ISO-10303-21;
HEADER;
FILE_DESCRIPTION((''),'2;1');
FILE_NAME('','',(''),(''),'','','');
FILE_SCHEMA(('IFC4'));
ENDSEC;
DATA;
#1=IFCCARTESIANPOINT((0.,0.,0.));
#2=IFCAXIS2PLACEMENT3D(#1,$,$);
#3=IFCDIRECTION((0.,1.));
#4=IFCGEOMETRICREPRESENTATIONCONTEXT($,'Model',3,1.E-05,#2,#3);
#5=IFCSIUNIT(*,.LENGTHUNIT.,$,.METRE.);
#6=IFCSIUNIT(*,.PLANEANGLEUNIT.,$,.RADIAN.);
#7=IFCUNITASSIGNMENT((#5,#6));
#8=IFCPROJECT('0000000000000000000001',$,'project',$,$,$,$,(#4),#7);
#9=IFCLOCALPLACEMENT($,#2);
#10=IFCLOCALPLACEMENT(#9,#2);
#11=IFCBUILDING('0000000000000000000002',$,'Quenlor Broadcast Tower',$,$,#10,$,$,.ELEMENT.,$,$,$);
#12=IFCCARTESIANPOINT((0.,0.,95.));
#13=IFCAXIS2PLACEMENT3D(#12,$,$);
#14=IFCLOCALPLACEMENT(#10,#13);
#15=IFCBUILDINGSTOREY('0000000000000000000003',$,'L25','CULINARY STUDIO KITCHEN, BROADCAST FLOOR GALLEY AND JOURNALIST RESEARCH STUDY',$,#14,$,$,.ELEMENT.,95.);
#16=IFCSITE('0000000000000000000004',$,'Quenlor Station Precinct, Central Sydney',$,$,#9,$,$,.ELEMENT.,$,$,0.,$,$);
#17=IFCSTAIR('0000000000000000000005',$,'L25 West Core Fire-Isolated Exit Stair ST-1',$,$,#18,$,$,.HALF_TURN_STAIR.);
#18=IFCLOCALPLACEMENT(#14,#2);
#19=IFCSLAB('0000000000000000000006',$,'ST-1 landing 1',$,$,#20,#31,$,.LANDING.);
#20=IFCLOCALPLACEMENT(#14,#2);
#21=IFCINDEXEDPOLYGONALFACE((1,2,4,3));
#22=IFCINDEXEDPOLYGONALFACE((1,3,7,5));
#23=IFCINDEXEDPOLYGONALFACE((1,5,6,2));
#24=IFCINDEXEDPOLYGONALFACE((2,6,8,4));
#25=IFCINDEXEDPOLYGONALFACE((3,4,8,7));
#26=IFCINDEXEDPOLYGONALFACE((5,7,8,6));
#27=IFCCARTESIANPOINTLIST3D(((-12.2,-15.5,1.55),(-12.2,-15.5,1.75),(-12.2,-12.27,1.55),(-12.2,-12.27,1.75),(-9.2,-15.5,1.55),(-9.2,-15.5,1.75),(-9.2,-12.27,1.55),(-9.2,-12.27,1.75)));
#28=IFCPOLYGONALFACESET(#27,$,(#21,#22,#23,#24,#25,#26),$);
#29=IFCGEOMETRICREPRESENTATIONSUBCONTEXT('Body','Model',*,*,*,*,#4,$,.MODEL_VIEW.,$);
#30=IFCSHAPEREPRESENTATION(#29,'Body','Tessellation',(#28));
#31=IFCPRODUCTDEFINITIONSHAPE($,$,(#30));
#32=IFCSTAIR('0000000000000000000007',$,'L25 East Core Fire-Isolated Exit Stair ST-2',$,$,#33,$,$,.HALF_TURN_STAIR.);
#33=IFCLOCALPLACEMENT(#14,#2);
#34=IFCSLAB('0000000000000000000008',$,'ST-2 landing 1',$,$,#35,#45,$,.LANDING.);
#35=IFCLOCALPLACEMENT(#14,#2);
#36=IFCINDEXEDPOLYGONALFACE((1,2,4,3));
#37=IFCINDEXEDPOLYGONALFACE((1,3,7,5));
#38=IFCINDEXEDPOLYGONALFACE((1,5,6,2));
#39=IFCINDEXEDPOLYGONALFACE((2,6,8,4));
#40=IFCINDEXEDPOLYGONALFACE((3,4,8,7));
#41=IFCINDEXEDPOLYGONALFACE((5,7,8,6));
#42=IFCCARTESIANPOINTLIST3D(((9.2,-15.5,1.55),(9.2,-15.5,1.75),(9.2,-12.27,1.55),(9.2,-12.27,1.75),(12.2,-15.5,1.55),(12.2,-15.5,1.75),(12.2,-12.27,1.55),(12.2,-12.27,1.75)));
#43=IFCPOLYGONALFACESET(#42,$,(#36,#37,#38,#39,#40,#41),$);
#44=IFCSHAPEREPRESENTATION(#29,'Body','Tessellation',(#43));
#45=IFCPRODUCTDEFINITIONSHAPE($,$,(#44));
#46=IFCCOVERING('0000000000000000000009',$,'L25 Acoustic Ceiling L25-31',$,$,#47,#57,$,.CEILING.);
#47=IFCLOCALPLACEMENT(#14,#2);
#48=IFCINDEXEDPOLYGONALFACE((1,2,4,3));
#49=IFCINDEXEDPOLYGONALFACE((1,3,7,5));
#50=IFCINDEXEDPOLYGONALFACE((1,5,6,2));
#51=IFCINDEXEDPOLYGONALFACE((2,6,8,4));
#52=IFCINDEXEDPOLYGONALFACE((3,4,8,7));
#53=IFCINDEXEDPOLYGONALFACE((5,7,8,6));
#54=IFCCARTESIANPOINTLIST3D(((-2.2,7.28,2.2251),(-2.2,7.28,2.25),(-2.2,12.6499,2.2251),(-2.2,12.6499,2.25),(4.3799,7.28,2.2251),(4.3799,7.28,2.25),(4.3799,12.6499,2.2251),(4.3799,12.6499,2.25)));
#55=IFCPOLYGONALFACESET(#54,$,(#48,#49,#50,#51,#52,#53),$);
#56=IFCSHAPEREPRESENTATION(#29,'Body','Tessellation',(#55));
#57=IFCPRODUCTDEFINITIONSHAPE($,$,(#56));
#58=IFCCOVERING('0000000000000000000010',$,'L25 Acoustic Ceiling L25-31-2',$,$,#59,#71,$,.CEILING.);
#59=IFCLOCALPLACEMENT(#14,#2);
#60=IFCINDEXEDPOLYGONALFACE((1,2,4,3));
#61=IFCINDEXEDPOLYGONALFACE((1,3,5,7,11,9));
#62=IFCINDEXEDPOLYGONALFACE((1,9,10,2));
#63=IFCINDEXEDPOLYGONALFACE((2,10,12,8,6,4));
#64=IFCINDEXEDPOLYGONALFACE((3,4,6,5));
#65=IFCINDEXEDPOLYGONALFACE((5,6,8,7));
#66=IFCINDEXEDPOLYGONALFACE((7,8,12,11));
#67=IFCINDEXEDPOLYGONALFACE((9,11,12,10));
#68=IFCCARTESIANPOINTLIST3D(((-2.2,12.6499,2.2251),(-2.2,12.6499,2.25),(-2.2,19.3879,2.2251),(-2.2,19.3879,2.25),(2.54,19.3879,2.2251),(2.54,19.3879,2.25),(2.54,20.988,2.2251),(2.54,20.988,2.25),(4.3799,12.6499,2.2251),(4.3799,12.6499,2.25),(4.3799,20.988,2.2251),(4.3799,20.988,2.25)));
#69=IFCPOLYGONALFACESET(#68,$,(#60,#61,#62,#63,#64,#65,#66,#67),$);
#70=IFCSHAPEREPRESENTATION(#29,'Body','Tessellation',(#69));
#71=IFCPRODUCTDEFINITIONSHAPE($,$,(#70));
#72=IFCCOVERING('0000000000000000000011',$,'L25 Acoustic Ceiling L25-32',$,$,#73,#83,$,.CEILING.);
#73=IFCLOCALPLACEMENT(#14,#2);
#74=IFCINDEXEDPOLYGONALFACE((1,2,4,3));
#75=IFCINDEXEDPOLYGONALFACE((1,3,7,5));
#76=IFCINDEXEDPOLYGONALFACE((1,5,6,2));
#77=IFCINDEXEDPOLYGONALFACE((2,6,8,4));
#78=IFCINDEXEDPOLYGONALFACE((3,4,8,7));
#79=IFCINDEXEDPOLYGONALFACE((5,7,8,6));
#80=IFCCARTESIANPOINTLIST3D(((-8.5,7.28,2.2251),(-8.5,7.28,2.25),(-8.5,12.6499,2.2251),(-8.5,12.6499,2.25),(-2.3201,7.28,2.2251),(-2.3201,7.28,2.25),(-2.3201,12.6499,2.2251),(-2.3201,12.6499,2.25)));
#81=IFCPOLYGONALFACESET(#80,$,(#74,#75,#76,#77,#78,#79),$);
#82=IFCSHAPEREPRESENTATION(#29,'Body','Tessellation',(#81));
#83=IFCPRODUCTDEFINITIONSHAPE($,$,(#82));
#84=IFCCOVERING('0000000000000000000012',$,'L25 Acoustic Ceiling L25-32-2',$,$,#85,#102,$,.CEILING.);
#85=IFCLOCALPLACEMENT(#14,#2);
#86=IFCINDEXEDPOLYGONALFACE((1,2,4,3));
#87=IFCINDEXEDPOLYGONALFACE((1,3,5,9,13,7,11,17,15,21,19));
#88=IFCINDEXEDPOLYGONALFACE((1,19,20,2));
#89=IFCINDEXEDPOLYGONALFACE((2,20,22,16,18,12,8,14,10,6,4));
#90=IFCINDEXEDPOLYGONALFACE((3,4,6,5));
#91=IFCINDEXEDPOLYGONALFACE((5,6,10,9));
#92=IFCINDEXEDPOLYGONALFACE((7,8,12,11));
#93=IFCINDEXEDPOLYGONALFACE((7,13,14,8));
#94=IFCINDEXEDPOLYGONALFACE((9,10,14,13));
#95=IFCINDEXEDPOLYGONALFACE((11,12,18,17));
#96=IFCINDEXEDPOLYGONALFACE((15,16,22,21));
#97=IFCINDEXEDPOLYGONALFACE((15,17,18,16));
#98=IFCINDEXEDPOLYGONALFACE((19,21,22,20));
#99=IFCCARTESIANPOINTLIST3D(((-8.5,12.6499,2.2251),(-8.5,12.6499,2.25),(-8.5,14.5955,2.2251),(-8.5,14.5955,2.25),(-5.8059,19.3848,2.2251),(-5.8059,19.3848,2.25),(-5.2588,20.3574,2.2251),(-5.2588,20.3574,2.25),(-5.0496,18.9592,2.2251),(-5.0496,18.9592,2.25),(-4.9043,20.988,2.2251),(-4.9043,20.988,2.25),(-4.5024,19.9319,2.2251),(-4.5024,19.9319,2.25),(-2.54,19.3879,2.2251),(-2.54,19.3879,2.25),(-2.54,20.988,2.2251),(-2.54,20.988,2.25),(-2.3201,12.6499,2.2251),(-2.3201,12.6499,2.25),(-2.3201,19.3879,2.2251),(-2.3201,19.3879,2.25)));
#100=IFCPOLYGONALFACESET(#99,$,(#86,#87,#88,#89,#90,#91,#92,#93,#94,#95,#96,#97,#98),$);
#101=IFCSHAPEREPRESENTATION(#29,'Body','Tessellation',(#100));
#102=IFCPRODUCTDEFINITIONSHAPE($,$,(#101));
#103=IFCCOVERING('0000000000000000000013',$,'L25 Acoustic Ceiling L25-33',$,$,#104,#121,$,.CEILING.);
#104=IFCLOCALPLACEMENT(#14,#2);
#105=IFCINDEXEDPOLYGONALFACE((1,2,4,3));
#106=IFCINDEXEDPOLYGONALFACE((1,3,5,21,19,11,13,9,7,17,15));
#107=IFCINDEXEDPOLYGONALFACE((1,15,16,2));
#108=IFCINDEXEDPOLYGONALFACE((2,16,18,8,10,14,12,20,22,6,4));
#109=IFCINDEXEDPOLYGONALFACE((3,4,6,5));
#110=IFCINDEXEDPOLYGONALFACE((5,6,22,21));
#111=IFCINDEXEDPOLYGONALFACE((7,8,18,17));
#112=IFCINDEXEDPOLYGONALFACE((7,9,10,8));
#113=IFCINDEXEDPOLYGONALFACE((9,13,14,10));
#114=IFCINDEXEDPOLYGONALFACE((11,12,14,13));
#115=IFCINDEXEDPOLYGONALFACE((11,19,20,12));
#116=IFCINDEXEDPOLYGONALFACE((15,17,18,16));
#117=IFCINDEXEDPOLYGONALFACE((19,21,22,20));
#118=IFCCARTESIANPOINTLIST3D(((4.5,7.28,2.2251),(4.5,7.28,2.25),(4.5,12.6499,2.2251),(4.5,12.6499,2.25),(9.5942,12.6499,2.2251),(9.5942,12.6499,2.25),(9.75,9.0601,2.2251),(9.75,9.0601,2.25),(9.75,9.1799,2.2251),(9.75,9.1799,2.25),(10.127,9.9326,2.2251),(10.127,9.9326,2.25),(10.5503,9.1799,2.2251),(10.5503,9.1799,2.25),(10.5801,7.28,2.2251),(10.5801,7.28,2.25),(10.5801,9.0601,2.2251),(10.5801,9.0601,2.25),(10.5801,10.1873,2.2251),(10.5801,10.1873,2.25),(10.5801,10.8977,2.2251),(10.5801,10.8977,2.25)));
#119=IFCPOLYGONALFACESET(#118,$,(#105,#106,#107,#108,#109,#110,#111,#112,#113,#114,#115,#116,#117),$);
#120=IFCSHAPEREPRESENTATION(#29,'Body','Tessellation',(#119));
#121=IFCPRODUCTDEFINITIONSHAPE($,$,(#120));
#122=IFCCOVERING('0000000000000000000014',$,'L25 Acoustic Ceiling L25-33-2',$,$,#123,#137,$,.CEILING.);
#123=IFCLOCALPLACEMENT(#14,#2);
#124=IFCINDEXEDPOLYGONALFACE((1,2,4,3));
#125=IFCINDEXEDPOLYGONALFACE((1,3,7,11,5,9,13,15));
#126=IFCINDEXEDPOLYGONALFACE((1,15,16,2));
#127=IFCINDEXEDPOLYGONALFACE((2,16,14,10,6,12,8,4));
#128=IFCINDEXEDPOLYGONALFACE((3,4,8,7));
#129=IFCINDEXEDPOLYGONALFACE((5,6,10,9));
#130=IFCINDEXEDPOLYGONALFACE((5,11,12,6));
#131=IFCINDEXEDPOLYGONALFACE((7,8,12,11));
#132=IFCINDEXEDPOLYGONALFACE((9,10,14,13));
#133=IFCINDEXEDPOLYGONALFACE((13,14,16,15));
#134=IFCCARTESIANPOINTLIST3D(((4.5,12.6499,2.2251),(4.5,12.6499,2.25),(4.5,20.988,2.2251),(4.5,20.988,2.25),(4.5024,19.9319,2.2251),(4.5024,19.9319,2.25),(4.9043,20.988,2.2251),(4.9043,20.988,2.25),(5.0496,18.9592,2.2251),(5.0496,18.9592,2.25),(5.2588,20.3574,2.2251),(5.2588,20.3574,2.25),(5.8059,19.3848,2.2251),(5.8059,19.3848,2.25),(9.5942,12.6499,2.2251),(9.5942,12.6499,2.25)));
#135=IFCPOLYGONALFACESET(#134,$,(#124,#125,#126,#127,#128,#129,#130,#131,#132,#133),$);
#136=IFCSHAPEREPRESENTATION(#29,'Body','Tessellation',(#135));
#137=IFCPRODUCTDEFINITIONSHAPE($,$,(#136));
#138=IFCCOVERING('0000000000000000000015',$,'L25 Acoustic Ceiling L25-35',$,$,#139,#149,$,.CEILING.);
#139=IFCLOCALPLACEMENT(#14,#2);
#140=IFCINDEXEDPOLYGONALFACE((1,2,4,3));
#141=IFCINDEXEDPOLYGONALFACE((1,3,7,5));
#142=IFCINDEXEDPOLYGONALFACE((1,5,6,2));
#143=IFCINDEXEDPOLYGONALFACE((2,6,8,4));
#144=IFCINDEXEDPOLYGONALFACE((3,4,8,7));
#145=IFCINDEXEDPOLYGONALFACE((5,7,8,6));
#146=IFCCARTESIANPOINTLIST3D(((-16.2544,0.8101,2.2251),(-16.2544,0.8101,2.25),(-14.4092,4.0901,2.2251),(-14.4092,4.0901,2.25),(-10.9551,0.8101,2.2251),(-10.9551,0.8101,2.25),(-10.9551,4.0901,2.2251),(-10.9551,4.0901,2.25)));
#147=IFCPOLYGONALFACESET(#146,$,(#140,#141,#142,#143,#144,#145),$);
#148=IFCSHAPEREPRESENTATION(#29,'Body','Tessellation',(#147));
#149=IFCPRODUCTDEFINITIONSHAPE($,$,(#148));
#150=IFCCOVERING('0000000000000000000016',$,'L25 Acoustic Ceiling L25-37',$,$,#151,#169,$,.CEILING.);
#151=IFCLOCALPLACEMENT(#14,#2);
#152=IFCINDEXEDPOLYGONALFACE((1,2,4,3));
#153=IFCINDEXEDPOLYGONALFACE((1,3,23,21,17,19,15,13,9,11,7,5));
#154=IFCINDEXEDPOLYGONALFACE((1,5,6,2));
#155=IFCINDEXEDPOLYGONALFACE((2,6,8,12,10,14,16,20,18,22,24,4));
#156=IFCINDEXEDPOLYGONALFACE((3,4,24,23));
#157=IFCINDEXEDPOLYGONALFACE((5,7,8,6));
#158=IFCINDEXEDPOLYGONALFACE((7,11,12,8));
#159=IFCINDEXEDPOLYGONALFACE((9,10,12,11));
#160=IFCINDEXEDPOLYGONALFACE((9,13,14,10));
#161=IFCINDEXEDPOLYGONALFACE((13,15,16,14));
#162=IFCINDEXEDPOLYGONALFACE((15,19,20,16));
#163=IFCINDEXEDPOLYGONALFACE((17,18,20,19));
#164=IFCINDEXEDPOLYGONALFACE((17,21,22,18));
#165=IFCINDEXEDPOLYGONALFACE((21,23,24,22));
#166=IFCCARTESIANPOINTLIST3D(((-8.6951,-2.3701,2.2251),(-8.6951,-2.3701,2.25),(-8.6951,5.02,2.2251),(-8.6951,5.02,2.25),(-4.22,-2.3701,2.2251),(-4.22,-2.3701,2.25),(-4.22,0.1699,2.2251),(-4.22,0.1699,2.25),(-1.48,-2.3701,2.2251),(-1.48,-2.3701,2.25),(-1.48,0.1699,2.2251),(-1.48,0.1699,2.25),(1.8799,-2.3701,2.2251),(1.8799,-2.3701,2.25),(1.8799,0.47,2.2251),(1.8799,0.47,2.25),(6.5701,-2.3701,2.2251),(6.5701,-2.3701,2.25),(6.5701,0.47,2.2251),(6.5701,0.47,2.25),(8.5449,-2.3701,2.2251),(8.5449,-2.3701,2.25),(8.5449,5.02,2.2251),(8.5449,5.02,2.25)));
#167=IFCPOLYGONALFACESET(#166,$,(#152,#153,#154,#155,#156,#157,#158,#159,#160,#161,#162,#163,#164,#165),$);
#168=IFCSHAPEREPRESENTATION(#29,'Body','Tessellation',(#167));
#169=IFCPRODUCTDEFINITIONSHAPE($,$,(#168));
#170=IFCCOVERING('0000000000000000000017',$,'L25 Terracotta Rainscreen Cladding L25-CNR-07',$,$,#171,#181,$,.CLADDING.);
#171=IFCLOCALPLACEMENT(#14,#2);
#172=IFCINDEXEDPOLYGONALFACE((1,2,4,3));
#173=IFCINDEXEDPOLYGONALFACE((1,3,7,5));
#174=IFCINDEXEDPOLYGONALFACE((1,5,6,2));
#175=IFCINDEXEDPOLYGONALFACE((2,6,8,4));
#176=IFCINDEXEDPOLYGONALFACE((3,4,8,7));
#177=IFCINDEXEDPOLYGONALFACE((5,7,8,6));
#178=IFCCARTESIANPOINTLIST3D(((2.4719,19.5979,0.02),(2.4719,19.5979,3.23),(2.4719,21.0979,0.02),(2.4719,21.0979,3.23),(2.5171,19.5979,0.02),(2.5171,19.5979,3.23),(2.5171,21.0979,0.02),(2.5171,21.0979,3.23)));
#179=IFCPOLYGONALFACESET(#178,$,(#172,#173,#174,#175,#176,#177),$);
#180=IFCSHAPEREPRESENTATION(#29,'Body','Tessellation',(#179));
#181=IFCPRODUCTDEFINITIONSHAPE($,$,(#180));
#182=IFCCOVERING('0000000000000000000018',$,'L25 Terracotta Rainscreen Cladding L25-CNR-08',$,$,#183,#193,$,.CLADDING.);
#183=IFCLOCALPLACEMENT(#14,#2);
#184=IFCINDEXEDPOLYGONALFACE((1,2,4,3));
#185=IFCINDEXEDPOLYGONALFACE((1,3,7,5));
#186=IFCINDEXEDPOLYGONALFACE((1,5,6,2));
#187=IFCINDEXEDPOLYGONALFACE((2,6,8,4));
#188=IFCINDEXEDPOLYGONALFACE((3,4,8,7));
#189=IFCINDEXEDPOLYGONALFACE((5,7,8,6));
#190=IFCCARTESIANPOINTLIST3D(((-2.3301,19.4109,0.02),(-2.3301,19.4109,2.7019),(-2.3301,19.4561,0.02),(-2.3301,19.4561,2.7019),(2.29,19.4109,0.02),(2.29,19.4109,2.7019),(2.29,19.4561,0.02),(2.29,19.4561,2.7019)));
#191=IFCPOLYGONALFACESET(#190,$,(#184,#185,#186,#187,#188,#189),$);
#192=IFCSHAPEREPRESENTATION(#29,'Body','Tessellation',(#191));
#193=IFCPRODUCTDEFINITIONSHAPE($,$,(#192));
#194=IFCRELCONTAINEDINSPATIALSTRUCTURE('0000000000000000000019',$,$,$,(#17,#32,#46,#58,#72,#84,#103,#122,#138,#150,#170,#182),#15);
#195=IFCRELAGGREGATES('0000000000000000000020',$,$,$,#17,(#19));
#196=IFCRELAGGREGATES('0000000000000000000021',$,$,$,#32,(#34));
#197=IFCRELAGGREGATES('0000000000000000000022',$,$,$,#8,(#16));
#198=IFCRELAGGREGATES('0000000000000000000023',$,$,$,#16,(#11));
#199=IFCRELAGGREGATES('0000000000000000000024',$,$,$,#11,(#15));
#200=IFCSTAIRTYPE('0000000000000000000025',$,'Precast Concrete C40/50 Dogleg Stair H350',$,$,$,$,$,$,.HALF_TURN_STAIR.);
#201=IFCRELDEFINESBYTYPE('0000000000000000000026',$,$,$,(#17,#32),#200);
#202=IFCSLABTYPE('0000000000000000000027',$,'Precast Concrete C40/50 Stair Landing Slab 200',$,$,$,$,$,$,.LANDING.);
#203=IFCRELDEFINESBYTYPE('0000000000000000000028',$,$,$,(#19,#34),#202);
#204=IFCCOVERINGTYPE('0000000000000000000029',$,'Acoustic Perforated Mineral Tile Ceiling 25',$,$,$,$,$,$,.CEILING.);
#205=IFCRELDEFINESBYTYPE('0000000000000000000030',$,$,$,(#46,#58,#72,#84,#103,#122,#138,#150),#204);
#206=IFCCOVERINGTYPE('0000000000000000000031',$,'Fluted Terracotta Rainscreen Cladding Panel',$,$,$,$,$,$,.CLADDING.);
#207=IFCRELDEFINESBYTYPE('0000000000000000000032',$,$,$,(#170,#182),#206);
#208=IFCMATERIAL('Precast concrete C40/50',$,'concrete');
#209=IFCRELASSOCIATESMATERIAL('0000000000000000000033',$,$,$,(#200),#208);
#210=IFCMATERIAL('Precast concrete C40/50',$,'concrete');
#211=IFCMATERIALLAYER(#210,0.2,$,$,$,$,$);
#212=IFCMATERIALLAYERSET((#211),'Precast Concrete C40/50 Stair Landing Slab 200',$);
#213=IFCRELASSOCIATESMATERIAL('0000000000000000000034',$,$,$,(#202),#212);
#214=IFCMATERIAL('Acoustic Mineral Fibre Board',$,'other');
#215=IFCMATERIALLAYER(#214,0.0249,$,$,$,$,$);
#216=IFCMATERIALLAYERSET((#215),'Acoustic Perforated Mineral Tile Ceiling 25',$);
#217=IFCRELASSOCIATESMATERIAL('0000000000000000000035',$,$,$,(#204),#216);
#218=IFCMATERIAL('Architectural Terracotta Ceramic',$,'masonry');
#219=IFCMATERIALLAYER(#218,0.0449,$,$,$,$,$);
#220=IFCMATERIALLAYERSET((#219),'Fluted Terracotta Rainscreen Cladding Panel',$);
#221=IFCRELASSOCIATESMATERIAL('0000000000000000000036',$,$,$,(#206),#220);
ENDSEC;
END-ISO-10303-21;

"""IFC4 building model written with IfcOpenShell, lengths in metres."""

from ifc_helpers import new_model, si_unit, direction, frame, origin, place, context, subcontext, project, spatial, polyline, outline, extrude, material, layer, layer_set, type_object, element, aggregate, save


model = new_model("IFC4")

# Units and contexts
model_context = context("Model", 3, precision=1e-05, world=origin(), true_north=direction((0.0, 1.0)))
body_context = subcontext(model_context, "Body", "Model", "MODEL_VIEW")
ifc_project = project(units=[si_unit("LENGTHUNIT", "METRE"), si_unit("PLANEANGLEUNIT", "RADIAN")], contexts=[model_context])

# Site, building, storey
site_placement = place(None, origin())
site = spatial("IfcSite", under=ifc_project, at=site_placement, Name="Quenlor Station Precinct, Central Sydney", CompositionType="ELEMENT", RefElevation=0.0)
building_placement = place(site_placement, origin())
building = spatial("IfcBuilding", under=site, at=building_placement, Name="Quenlor Broadcast Tower", CompositionType="ELEMENT")
storey_placement = place(building_placement, frame((0.0, 0.0, 95.0)))
storey = spatial("IfcBuildingStorey", under=building, at=storey_placement, Name="L25", Description="CULINARY STUDIO KITCHEN, BROADCAST FLOOR GALLEY AND JOURNALIST RESEARCH STUDY", CompositionType="ELEMENT", Elevation=95.0)

# Stairs, slabs
ifc_material_1 = material(Name="Precast concrete C40/50", Category="concrete")
stair_type = type_object("IfcStairType", Name="Precast Concrete C40/50 Dogleg Stair H350", PredefinedType="HALF_TURN_STAIR", material=ifc_material_1)
stair_1_placement = place(storey_placement, origin())
stair_1 = element("IfcStair", 1, at=stair_1_placement, inside=storey, type_object=stair_type, Name="L25 West Core Fire-Isolated Exit Stair ST-1", PredefinedType="HALF_TURN_STAIR")
ifc_material_2 = material(Name="Precast concrete C40/50", Category="concrete")
ifc_layer_1 = layer(ifc_material_2, 0.2)
ifc_layer_set_1 = layer_set([ifc_layer_1], Name="Precast Concrete C40/50 Stair Landing Slab 200")
slab_type = type_object("IfcSlabType", Name="Precast Concrete C40/50 Stair Landing Slab 200", PredefinedType="LANDING", material=ifc_layer_set_1)
slab_1_placement = place(storey_placement, frame((0.0, 0.0, 1.55)))
slab_1 = element("IfcSlab", 2, at=slab_1_placement, type_object=slab_type, Name="ST-1 landing 1", PredefinedType="LANDING", context=body_context, shape_type="SweptSolid", body=[
    extrude(outline(polyline([(-12.2, -12.27), (-12.2, -15.5), (-9.2, -15.5), (-9.2, -12.27), (-12.2, -12.27)])), origin(), (0.0, 0.0, 1.0), 0.2),
])
aggregate(stair_1, [slab_1])
stair_2_placement = place(storey_placement, origin())
stair_2 = element("IfcStair", 3, at=stair_2_placement, inside=storey, type_object=stair_type, Name="L25 East Core Fire-Isolated Exit Stair ST-2", PredefinedType="HALF_TURN_STAIR")
slab_2_placement = place(storey_placement, frame((0.0, 0.0, 1.55)))
slab_2 = element("IfcSlab", 4, at=slab_2_placement, type_object=slab_type, Name="ST-2 landing 1", PredefinedType="LANDING", context=body_context, shape_type="SweptSolid", body=[
    extrude(outline(polyline([(9.2, -12.27), (9.2, -15.5), (12.2, -15.5), (12.2, -12.27), (9.2, -12.27)])), origin(), (0.0, 0.0, 1.0), 0.2),
])
aggregate(stair_2, [slab_2])

# Coverings
ifc_material_3 = material(Name="Acoustic Mineral Fibre Board", Category="other")
ifc_layer_2 = layer(ifc_material_3, 0.0249)
ifc_layer_set_2 = layer_set([ifc_layer_2], Name="Acoustic Perforated Mineral Tile Ceiling 25")
covering_type_1 = type_object("IfcCoveringType", Name="Acoustic Perforated Mineral Tile Ceiling 25", PredefinedType="CEILING", material=ifc_layer_set_2)
covering_1_placement = place(storey_placement, frame((0.0, 0.0, 2.2251)))
element("IfcCovering", 5, at=covering_1_placement, inside=storey, type_object=covering_type_1, Name="L25 Acoustic Ceiling L25-31", PredefinedType="CEILING", context=body_context, shape_type="SweptSolid", body=[
    extrude(outline(polyline([(4.3799, 7.28), (-2.2, 7.28), (-2.2, 12.6499), (4.3799, 12.6499), (4.3799, 7.28)])), origin(), (0.0, 0.0, 1.0), 0.0249),
])
covering_2_placement = place(storey_placement, frame((0.0, 0.0, 2.2251)))
element("IfcCovering", 6, at=covering_2_placement, inside=storey, type_object=covering_type_1, Name="L25 Acoustic Ceiling L25-31-2", PredefinedType="CEILING", context=body_context, shape_type="SweptSolid", body=[
    extrude(outline(polyline([(4.3799, 12.6499), (-2.2, 12.6499), (-2.2, 19.3879), (2.54, 19.3879), (2.54, 20.988), (4.3799, 20.988), (4.3799, 12.6499)])), origin(), (0.0, 0.0, 1.0), 0.0249),
])
covering_3_placement = place(storey_placement, frame((0.0, 0.0, 2.2251)))
element("IfcCovering", 7, at=covering_3_placement, inside=storey, type_object=covering_type_1, Name="L25 Acoustic Ceiling L25-32", PredefinedType="CEILING", context=body_context, shape_type="SweptSolid", body=[
    extrude(outline(polyline([(-2.3201, 7.28), (-8.5, 7.28), (-8.5, 12.6499), (-2.3201, 12.6499), (-2.3201, 7.28)])), origin(), (0.0, 0.0, 1.0), 0.0249),
])
covering_4_placement = place(storey_placement, frame((0.0, 0.0, 2.2251)))
element("IfcCovering", 8, at=covering_4_placement, inside=storey, type_object=covering_type_1, Name="L25 Acoustic Ceiling L25-32-2", PredefinedType="CEILING", context=body_context, shape_type="SweptSolid", body=[
    extrude(outline(polyline([(-2.3201, 19.3879), (-2.3201, 12.6499), (-8.5, 12.6499), (-8.5, 14.5955), (-5.8059, 19.3848), (-5.0496, 18.9592), (-4.5024, 19.9319), (-5.2588, 20.3574), (-4.9043, 20.988), (-2.54, 20.988), (-2.54, 19.3879), (-2.3201, 19.3879)])), origin(), (0.0, 0.0, 1.0), 0.0249),
])
covering_5_placement = place(storey_placement, frame((0.0, 0.0, 2.2251)))
element("IfcCovering", 9, at=covering_5_placement, inside=storey, type_object=covering_type_1, Name="L25 Acoustic Ceiling L25-33", PredefinedType="CEILING", context=body_context, shape_type="SweptSolid", body=[
    extrude(outline(polyline([(10.5801, 10.8977), (10.5801, 10.1873), (10.127, 9.9326), (10.5503, 9.1799), (9.75, 9.1799), (9.75, 9.0601), (10.5801, 9.0601), (10.5801, 7.28), (4.5, 7.28), (4.5, 12.6499), (9.5942, 12.6499), (10.5801, 10.8977)])), origin(), (0.0, 0.0, 1.0), 0.0249),
])
covering_6_placement = place(storey_placement, frame((0.0, 0.0, 2.2251)))
element("IfcCovering", 10, at=covering_6_placement, inside=storey, type_object=covering_type_1, Name="L25 Acoustic Ceiling L25-33-2", PredefinedType="CEILING", context=body_context, shape_type="SweptSolid", body=[
    extrude(outline(polyline([(5.0496, 18.9592), (5.8059, 19.3848), (9.5942, 12.6499), (4.5, 12.6499), (4.5, 20.988), (4.9043, 20.988), (5.2588, 20.3574), (4.5024, 19.9319), (5.0496, 18.9592)])), origin(), (0.0, 0.0, 1.0), 0.0249),
])
covering_7_placement = place(storey_placement, frame((0.0, 0.0, 2.2251)))
element("IfcCovering", 11, at=covering_7_placement, inside=storey, type_object=covering_type_1, Name="L25 Acoustic Ceiling L25-35", PredefinedType="CEILING", context=body_context, shape_type="SweptSolid", body=[
    extrude(outline(polyline([(-16.2544, 0.8101), (-14.4092, 4.0901), (-10.9551, 4.0901), (-10.9551, 0.8101), (-16.2544, 0.8101)])), origin(), (0.0, 0.0, 1.0), 0.0249),
])
covering_8_placement = place(storey_placement, frame((0.0, 0.0, 2.2251)))
element("IfcCovering", 12, at=covering_8_placement, inside=storey, type_object=covering_type_1, Name="L25 Acoustic Ceiling L25-37", PredefinedType="CEILING", context=body_context, shape_type="SweptSolid", body=[
    extrude(outline(polyline([(8.5449, 5.02), (8.5449, -2.3701), (6.5701, -2.3701), (6.5701, 0.47), (1.8799, 0.47), (1.8799, -2.3701), (-1.48, -2.3701), (-1.48, 0.1699), (-4.22, 0.1699), (-4.22, -2.3701), (-8.6951, -2.3701), (-8.6951, 5.02), (8.5449, 5.02)])), origin(), (0.0, 0.0, 1.0), 0.0249),
])
ifc_material_4 = material(Name="Architectural Terracotta Ceramic", Category="masonry")
ifc_layer_3 = layer(ifc_material_4, 0.0449)
ifc_layer_set_3 = layer_set([ifc_layer_3], Name="Fluted Terracotta Rainscreen Cladding Panel")
covering_type_2 = type_object("IfcCoveringType", Name="Fluted Terracotta Rainscreen Cladding Panel", PredefinedType="CLADDING", material=ifc_layer_set_3)
covering_9_placement = place(storey_placement, frame((0.0, 0.0, 0.02)))
element("IfcCovering", 13, at=covering_9_placement, inside=storey, type_object=covering_type_2, Name="L25 Terracotta Rainscreen Cladding L25-CNR-07", PredefinedType="CLADDING", context=body_context, shape_type="SweptSolid", body=[
    extrude(outline(polyline([(2.4719, 21.0979), (2.4719, 19.5979), (2.5171, 19.5979), (2.5171, 21.0979), (2.4719, 21.0979)])), origin(), (0.0, 0.0, 1.0), 3.21),
])
covering_10_placement = place(storey_placement, frame((0.0, 0.0, 0.02)))
element("IfcCovering", 14, at=covering_10_placement, inside=storey, type_object=covering_type_2, Name="L25 Terracotta Rainscreen Cladding L25-CNR-08", PredefinedType="CLADDING", context=body_context, shape_type="SweptSolid", body=[
    extrude(outline(polyline([(2.29, 19.4561), (-2.3301, 19.4561), (-2.3301, 19.4109), (2.29, 19.4109), (2.29, 19.4561)])), origin(), (0.0, 0.0, 1.0), 2.6819),
])

save(model, "model.ifc")
